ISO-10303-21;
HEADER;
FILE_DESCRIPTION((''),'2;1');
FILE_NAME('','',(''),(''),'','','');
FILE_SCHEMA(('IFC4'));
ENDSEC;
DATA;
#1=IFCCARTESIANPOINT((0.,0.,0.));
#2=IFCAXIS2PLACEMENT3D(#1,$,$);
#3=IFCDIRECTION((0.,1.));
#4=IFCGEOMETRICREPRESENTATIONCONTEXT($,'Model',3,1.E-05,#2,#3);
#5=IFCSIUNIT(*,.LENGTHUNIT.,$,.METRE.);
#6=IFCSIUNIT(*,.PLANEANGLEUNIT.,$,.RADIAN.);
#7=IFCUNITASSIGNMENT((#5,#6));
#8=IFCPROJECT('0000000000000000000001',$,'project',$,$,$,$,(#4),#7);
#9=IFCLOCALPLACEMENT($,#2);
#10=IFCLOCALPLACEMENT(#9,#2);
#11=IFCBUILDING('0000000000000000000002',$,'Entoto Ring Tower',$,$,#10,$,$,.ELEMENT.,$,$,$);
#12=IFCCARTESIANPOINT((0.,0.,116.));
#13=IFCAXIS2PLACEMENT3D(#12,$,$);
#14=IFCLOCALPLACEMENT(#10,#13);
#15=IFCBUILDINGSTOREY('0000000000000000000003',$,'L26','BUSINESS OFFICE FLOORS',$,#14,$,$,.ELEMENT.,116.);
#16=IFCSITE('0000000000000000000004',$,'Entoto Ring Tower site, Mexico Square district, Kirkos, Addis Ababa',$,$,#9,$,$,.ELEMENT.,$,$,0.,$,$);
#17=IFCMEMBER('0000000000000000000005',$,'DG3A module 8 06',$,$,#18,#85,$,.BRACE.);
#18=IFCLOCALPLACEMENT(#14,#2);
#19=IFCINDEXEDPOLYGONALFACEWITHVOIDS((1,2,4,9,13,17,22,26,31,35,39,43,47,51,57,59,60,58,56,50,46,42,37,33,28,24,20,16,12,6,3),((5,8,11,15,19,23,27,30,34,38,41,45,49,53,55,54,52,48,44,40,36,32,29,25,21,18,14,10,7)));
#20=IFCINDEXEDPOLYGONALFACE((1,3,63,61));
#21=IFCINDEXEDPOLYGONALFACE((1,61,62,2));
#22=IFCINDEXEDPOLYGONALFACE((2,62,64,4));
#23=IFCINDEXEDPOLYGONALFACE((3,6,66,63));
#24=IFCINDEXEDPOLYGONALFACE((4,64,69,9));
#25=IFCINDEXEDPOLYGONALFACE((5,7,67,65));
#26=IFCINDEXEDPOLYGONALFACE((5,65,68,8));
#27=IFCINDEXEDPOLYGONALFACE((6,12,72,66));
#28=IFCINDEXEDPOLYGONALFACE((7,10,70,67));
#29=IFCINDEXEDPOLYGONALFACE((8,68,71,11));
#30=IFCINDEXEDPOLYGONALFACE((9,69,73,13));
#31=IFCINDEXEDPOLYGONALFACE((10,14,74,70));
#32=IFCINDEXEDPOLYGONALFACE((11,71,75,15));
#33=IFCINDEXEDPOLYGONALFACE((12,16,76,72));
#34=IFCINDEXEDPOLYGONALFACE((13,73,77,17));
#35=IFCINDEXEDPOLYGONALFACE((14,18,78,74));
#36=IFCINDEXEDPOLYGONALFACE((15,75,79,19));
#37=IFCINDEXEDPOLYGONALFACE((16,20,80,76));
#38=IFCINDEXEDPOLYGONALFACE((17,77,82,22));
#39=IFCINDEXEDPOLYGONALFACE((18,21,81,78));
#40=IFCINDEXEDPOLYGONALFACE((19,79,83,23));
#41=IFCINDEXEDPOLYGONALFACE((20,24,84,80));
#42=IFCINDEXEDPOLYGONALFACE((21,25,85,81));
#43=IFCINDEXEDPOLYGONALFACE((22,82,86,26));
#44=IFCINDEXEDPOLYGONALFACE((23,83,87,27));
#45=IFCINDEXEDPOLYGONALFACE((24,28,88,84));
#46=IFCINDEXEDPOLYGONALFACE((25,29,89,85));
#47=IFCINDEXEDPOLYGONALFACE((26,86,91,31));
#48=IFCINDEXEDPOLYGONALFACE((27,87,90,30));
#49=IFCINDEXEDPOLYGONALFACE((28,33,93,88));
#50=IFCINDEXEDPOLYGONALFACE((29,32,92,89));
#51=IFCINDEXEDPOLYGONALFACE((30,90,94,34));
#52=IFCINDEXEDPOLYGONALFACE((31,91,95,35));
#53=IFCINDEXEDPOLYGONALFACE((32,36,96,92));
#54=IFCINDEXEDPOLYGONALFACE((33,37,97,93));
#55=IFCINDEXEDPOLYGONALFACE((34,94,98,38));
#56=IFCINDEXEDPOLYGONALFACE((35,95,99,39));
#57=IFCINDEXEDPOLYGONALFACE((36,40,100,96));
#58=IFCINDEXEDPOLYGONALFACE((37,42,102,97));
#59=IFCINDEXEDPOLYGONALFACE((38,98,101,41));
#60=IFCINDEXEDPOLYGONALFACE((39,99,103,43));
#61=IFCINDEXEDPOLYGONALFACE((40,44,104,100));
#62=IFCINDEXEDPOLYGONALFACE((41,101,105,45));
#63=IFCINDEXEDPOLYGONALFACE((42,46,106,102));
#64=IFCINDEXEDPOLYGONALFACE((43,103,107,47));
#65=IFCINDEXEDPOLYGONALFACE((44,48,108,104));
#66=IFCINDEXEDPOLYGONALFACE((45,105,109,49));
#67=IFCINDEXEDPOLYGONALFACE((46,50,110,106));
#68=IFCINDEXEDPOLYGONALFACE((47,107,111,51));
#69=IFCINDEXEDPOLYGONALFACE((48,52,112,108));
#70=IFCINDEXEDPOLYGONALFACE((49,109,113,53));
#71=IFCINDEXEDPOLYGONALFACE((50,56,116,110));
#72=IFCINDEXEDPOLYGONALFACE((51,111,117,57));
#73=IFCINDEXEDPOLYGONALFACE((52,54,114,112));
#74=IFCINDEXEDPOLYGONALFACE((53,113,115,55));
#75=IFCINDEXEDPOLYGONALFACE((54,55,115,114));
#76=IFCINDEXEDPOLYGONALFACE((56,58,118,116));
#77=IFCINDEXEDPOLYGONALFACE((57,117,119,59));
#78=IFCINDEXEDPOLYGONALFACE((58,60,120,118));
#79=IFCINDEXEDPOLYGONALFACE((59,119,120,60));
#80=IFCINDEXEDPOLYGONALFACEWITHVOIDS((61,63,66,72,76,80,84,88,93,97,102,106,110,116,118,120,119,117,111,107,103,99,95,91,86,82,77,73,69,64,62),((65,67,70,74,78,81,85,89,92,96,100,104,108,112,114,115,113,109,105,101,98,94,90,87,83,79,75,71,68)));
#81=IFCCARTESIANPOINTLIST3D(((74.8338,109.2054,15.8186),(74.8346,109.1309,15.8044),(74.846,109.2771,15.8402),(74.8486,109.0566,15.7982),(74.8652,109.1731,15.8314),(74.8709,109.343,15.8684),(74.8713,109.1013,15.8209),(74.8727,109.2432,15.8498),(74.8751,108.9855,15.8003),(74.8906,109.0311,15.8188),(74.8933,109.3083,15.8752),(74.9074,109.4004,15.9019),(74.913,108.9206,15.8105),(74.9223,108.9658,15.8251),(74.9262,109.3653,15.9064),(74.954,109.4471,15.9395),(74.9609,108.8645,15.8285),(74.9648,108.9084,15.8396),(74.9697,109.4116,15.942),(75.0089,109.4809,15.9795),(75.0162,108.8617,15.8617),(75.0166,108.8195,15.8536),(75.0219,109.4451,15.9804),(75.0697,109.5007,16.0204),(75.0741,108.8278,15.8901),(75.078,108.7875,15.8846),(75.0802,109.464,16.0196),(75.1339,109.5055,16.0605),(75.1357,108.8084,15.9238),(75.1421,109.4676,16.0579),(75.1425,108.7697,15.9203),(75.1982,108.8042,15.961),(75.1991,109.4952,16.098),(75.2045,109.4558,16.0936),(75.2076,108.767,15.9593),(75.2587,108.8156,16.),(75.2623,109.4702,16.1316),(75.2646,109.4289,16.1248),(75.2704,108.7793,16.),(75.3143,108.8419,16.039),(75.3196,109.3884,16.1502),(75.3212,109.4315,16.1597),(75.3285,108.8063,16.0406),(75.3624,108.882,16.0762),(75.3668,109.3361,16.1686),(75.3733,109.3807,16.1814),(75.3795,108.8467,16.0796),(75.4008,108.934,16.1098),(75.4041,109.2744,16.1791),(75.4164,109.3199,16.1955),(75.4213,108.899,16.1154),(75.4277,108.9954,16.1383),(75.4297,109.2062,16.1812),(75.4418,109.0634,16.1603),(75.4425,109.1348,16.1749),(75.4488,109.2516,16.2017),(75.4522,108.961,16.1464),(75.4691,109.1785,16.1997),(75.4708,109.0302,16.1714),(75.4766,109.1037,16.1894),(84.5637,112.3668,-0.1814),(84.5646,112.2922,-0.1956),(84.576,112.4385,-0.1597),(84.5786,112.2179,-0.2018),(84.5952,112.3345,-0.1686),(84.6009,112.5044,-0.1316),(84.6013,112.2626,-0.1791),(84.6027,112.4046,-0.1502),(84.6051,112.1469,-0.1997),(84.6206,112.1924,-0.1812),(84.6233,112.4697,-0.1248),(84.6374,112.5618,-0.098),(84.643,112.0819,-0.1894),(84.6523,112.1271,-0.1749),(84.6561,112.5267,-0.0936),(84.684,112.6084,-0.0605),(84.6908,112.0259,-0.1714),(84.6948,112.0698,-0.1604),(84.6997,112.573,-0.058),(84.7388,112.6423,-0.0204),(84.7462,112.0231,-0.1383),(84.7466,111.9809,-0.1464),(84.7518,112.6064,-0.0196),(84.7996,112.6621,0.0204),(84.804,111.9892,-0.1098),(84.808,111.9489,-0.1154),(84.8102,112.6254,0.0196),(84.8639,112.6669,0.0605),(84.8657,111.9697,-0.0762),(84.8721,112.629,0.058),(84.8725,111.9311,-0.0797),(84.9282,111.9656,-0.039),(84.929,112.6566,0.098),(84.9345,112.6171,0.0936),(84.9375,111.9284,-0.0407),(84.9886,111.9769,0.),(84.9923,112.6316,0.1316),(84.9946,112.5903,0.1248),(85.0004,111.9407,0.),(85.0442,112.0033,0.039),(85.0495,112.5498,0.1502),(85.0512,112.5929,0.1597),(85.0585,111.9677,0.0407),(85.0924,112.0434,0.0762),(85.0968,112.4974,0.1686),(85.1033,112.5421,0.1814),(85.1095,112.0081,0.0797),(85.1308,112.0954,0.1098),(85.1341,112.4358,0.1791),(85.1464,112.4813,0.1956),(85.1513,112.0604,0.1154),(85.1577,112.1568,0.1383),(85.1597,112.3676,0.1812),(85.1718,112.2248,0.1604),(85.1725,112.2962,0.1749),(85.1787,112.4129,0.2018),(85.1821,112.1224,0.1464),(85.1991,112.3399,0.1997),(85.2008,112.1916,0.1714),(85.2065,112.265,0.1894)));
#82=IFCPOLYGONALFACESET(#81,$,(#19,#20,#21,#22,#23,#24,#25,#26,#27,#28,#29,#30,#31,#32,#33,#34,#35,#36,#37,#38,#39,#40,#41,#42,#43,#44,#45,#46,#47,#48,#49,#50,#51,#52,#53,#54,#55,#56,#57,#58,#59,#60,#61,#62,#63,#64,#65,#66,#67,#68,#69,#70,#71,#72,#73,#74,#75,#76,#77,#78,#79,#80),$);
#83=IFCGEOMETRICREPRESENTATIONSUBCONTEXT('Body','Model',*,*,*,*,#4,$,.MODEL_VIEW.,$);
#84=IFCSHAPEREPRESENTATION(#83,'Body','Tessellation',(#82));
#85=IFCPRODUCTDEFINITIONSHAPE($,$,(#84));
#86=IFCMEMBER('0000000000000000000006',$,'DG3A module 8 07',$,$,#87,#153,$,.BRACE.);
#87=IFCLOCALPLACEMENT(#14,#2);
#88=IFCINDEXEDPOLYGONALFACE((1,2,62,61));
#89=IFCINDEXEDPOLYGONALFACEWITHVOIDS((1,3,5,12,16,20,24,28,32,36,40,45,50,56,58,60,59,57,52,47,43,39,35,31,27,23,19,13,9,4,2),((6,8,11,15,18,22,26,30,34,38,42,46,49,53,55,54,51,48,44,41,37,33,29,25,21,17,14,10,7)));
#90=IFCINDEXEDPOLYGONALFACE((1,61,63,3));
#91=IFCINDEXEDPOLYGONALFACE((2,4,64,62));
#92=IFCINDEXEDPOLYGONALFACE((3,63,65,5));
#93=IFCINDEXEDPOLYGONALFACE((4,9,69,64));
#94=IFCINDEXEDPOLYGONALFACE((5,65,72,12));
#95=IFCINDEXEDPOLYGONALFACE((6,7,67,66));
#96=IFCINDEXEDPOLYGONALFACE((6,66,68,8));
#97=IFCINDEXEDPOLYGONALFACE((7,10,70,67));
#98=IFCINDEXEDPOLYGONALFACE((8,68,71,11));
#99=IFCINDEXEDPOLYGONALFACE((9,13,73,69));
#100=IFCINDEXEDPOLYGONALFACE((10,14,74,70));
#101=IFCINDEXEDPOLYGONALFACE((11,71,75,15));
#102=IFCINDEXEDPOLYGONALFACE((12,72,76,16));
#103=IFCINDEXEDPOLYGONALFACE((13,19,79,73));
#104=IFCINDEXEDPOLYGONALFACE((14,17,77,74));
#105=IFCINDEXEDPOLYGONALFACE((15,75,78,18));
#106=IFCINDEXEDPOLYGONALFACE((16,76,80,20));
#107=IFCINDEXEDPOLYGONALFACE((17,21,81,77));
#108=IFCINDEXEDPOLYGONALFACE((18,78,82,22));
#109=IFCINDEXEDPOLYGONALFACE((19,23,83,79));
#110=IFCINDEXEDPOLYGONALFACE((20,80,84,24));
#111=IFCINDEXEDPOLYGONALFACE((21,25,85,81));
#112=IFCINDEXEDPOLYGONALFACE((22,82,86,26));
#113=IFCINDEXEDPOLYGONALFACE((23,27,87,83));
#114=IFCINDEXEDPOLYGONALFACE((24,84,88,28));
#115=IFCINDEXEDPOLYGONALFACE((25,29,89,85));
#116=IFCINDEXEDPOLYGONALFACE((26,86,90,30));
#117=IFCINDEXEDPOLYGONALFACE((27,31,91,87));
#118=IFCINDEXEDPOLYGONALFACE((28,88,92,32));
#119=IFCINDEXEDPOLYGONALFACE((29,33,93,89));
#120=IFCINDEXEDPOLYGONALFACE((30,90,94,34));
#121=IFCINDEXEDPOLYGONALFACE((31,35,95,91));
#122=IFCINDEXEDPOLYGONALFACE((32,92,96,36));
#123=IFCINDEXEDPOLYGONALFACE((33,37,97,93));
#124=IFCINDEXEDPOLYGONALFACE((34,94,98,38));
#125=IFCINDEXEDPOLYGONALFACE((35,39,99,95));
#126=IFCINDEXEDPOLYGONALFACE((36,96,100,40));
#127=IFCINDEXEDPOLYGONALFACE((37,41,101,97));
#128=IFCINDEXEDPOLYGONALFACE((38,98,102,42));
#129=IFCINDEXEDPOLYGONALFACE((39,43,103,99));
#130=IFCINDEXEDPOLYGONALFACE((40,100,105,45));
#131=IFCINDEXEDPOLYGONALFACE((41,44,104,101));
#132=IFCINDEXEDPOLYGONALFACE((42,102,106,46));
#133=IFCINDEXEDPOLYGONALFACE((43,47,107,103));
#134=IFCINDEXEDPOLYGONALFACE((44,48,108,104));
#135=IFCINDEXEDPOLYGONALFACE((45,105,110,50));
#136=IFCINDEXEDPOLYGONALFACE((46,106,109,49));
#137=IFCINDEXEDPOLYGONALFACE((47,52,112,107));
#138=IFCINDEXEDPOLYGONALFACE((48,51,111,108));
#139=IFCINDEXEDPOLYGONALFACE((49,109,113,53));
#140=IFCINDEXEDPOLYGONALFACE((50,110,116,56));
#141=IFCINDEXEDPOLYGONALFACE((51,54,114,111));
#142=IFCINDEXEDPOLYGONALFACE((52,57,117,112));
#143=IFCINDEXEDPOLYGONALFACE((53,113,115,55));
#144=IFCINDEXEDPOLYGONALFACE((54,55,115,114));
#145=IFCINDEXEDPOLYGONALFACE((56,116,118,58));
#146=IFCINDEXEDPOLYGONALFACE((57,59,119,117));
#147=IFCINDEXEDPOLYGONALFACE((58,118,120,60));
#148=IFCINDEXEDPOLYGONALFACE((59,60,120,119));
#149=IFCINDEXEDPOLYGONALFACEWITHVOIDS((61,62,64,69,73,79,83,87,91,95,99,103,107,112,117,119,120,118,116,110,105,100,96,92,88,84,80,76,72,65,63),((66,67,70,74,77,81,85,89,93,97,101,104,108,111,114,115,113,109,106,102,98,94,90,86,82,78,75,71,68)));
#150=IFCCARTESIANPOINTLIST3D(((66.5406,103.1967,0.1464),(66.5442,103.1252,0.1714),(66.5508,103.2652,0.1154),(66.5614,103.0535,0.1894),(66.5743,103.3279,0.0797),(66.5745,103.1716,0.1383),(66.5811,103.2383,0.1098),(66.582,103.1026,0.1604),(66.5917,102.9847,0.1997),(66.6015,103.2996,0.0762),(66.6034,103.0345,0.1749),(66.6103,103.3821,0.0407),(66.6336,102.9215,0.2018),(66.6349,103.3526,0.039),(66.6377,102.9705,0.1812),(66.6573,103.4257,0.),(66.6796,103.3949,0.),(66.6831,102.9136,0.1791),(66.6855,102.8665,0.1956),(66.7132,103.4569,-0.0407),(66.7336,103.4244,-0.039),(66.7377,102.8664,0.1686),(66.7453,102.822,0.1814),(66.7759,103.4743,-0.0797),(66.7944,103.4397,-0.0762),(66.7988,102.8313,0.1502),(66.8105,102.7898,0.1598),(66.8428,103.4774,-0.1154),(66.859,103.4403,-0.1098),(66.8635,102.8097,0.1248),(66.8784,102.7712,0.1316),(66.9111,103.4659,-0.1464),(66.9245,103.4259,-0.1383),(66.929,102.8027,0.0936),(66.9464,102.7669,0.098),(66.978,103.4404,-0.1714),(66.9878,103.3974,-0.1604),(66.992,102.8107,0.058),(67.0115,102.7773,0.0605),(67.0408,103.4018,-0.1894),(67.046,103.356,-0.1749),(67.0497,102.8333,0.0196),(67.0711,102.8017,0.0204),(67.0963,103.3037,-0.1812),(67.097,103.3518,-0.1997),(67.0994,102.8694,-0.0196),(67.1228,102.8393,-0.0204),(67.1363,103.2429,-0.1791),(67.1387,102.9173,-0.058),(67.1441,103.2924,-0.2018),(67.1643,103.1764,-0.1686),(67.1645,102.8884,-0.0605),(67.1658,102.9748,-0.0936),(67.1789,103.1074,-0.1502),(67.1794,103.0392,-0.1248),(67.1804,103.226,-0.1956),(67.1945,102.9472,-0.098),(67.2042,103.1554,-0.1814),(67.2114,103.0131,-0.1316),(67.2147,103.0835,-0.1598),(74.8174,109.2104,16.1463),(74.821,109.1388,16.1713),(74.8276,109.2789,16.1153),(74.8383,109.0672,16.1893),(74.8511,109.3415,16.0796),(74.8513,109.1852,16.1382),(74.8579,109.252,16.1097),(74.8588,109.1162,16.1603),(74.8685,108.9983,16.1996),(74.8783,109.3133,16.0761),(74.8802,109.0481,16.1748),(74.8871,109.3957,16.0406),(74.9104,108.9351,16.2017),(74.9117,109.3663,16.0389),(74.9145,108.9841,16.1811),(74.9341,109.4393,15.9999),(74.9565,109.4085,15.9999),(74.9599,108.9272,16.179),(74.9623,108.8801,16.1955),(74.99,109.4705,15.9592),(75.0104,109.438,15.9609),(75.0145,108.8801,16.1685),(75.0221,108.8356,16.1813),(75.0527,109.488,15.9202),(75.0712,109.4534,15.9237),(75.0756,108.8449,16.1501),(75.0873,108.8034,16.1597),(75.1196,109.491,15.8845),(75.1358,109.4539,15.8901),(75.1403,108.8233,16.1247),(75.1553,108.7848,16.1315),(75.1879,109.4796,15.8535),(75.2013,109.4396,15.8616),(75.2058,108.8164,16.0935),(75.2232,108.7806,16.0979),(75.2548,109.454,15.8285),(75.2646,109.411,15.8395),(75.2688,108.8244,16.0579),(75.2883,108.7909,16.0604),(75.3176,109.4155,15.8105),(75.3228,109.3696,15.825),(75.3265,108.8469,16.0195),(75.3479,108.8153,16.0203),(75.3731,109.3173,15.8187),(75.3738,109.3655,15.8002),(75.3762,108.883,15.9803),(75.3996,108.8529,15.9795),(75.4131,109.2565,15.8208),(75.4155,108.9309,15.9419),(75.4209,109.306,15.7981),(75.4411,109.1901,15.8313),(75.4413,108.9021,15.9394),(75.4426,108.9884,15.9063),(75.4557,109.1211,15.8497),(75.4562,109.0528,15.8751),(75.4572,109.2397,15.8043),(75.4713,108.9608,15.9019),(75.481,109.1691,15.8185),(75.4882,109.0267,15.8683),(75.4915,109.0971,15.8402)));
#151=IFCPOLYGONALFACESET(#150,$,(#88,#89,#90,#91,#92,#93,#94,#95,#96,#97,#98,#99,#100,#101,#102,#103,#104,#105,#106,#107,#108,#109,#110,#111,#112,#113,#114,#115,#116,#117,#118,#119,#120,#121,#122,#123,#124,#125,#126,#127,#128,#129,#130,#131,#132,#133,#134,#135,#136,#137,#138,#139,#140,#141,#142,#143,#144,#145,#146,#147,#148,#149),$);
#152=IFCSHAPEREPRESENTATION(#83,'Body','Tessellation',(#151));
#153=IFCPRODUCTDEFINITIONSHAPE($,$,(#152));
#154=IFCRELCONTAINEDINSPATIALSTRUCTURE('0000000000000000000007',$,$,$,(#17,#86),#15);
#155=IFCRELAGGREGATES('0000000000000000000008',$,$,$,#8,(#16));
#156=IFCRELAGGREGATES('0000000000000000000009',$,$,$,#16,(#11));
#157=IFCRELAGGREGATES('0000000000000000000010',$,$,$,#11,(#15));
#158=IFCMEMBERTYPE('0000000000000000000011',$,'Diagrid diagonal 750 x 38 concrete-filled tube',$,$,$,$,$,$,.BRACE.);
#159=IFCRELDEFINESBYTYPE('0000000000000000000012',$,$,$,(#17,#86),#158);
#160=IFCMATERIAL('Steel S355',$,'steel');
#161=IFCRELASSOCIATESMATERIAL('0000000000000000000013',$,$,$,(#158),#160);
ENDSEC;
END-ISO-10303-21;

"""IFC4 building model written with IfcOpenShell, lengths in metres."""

from ifc_helpers import new_model, si_unit, direction, frame, origin, origin_2d, place, context, subcontext, project, spatial, circle, hollow_circle, extrude, material, material_profile, profile_set, type_object, element, save


model = new_model("IFC4")

# Units and contexts
model_context = context("Model", 3, precision=1e-05, world=origin(), true_north=direction((0.0, 1.0)))
body_context = subcontext(model_context, "Body", "Model", "MODEL_VIEW")
ifc_project = project(units=[si_unit("LENGTHUNIT", "METRE"), si_unit("PLANEANGLEUNIT", "RADIAN")], contexts=[model_context])

# Site, building, storey
site_placement = place(None, origin())
site = spatial("IfcSite", under=ifc_project, at=site_placement, Name="Entoto Ring Tower site, Mexico Square district, Kirkos, Addis Ababa", CompositionType="ELEMENT", RefElevation=0.0)
building_placement = place(site_placement, origin())
building = spatial("IfcBuilding", under=site, at=building_placement, Name="Entoto Ring Tower", CompositionType="ELEMENT")
storey_placement = place(building_placement, frame((0.0, 0.0, 116.0)))
storey = spatial("IfcBuildingStorey", under=building, at=storey_placement, Name="L26", Description="BUSINESS OFFICE FLOORS", CompositionType="ELEMENT", Elevation=116.0)

# Members
ifc_material_1 = material(Name="Steel S355", Category="steel")
ifc_material_profile_1 = material_profile(ifc_material_1, hollow_circle(Radius=0.375, WallThickness=0.0381, at=origin_2d()), Name="CHS 750 x 38")
ifc_material_2 = material(Name="Concrete C60/75", Category="concrete")
ifc_material_profile_2 = material_profile(ifc_material_2, circle(Radius=0.3369, at=origin_2d()), Name="Concrete C60/75 infill")
ifc_profile_set_1 = profile_set([ifc_material_profile_1, ifc_material_profile_2], Name="Steel S355")
member_type_1 = type_object("IfcMemberType", Name="Diagrid diagonal 750 x 38 concrete-filled tube", PredefinedType="BRACE", material=ifc_profile_set_1)
for number, where, z_axis, x_axis, name in (
    (1, (84.8845, 112.2974, 0.0), (-0.512341, -0.166465, 0.842494), (0.309009, -0.951059, 0.0), "DG3A module 8 06"),
    (2, (66.8777, 103.1223, 0.0), (0.435823, 0.316654, 0.84249), (-0.587797, 0.809008, 0.0), "DG3A module 8 07"),
):
    element("IfcMember", number, at=place(storey_placement, frame(where, z_axis=z_axis, x_axis=x_axis)), inside=storey, type_object=member_type_1, Name=name, PredefinedType="BRACE", context=body_context, shape_type="SweptSolid", body=[
        extrude(hollow_circle(Radius=0.375, WallThickness=0.0381, at=origin_2d()), origin(), (0.0, 0.0, 1.0), 18.9912),
    ])

save(model, "model.ifc")
